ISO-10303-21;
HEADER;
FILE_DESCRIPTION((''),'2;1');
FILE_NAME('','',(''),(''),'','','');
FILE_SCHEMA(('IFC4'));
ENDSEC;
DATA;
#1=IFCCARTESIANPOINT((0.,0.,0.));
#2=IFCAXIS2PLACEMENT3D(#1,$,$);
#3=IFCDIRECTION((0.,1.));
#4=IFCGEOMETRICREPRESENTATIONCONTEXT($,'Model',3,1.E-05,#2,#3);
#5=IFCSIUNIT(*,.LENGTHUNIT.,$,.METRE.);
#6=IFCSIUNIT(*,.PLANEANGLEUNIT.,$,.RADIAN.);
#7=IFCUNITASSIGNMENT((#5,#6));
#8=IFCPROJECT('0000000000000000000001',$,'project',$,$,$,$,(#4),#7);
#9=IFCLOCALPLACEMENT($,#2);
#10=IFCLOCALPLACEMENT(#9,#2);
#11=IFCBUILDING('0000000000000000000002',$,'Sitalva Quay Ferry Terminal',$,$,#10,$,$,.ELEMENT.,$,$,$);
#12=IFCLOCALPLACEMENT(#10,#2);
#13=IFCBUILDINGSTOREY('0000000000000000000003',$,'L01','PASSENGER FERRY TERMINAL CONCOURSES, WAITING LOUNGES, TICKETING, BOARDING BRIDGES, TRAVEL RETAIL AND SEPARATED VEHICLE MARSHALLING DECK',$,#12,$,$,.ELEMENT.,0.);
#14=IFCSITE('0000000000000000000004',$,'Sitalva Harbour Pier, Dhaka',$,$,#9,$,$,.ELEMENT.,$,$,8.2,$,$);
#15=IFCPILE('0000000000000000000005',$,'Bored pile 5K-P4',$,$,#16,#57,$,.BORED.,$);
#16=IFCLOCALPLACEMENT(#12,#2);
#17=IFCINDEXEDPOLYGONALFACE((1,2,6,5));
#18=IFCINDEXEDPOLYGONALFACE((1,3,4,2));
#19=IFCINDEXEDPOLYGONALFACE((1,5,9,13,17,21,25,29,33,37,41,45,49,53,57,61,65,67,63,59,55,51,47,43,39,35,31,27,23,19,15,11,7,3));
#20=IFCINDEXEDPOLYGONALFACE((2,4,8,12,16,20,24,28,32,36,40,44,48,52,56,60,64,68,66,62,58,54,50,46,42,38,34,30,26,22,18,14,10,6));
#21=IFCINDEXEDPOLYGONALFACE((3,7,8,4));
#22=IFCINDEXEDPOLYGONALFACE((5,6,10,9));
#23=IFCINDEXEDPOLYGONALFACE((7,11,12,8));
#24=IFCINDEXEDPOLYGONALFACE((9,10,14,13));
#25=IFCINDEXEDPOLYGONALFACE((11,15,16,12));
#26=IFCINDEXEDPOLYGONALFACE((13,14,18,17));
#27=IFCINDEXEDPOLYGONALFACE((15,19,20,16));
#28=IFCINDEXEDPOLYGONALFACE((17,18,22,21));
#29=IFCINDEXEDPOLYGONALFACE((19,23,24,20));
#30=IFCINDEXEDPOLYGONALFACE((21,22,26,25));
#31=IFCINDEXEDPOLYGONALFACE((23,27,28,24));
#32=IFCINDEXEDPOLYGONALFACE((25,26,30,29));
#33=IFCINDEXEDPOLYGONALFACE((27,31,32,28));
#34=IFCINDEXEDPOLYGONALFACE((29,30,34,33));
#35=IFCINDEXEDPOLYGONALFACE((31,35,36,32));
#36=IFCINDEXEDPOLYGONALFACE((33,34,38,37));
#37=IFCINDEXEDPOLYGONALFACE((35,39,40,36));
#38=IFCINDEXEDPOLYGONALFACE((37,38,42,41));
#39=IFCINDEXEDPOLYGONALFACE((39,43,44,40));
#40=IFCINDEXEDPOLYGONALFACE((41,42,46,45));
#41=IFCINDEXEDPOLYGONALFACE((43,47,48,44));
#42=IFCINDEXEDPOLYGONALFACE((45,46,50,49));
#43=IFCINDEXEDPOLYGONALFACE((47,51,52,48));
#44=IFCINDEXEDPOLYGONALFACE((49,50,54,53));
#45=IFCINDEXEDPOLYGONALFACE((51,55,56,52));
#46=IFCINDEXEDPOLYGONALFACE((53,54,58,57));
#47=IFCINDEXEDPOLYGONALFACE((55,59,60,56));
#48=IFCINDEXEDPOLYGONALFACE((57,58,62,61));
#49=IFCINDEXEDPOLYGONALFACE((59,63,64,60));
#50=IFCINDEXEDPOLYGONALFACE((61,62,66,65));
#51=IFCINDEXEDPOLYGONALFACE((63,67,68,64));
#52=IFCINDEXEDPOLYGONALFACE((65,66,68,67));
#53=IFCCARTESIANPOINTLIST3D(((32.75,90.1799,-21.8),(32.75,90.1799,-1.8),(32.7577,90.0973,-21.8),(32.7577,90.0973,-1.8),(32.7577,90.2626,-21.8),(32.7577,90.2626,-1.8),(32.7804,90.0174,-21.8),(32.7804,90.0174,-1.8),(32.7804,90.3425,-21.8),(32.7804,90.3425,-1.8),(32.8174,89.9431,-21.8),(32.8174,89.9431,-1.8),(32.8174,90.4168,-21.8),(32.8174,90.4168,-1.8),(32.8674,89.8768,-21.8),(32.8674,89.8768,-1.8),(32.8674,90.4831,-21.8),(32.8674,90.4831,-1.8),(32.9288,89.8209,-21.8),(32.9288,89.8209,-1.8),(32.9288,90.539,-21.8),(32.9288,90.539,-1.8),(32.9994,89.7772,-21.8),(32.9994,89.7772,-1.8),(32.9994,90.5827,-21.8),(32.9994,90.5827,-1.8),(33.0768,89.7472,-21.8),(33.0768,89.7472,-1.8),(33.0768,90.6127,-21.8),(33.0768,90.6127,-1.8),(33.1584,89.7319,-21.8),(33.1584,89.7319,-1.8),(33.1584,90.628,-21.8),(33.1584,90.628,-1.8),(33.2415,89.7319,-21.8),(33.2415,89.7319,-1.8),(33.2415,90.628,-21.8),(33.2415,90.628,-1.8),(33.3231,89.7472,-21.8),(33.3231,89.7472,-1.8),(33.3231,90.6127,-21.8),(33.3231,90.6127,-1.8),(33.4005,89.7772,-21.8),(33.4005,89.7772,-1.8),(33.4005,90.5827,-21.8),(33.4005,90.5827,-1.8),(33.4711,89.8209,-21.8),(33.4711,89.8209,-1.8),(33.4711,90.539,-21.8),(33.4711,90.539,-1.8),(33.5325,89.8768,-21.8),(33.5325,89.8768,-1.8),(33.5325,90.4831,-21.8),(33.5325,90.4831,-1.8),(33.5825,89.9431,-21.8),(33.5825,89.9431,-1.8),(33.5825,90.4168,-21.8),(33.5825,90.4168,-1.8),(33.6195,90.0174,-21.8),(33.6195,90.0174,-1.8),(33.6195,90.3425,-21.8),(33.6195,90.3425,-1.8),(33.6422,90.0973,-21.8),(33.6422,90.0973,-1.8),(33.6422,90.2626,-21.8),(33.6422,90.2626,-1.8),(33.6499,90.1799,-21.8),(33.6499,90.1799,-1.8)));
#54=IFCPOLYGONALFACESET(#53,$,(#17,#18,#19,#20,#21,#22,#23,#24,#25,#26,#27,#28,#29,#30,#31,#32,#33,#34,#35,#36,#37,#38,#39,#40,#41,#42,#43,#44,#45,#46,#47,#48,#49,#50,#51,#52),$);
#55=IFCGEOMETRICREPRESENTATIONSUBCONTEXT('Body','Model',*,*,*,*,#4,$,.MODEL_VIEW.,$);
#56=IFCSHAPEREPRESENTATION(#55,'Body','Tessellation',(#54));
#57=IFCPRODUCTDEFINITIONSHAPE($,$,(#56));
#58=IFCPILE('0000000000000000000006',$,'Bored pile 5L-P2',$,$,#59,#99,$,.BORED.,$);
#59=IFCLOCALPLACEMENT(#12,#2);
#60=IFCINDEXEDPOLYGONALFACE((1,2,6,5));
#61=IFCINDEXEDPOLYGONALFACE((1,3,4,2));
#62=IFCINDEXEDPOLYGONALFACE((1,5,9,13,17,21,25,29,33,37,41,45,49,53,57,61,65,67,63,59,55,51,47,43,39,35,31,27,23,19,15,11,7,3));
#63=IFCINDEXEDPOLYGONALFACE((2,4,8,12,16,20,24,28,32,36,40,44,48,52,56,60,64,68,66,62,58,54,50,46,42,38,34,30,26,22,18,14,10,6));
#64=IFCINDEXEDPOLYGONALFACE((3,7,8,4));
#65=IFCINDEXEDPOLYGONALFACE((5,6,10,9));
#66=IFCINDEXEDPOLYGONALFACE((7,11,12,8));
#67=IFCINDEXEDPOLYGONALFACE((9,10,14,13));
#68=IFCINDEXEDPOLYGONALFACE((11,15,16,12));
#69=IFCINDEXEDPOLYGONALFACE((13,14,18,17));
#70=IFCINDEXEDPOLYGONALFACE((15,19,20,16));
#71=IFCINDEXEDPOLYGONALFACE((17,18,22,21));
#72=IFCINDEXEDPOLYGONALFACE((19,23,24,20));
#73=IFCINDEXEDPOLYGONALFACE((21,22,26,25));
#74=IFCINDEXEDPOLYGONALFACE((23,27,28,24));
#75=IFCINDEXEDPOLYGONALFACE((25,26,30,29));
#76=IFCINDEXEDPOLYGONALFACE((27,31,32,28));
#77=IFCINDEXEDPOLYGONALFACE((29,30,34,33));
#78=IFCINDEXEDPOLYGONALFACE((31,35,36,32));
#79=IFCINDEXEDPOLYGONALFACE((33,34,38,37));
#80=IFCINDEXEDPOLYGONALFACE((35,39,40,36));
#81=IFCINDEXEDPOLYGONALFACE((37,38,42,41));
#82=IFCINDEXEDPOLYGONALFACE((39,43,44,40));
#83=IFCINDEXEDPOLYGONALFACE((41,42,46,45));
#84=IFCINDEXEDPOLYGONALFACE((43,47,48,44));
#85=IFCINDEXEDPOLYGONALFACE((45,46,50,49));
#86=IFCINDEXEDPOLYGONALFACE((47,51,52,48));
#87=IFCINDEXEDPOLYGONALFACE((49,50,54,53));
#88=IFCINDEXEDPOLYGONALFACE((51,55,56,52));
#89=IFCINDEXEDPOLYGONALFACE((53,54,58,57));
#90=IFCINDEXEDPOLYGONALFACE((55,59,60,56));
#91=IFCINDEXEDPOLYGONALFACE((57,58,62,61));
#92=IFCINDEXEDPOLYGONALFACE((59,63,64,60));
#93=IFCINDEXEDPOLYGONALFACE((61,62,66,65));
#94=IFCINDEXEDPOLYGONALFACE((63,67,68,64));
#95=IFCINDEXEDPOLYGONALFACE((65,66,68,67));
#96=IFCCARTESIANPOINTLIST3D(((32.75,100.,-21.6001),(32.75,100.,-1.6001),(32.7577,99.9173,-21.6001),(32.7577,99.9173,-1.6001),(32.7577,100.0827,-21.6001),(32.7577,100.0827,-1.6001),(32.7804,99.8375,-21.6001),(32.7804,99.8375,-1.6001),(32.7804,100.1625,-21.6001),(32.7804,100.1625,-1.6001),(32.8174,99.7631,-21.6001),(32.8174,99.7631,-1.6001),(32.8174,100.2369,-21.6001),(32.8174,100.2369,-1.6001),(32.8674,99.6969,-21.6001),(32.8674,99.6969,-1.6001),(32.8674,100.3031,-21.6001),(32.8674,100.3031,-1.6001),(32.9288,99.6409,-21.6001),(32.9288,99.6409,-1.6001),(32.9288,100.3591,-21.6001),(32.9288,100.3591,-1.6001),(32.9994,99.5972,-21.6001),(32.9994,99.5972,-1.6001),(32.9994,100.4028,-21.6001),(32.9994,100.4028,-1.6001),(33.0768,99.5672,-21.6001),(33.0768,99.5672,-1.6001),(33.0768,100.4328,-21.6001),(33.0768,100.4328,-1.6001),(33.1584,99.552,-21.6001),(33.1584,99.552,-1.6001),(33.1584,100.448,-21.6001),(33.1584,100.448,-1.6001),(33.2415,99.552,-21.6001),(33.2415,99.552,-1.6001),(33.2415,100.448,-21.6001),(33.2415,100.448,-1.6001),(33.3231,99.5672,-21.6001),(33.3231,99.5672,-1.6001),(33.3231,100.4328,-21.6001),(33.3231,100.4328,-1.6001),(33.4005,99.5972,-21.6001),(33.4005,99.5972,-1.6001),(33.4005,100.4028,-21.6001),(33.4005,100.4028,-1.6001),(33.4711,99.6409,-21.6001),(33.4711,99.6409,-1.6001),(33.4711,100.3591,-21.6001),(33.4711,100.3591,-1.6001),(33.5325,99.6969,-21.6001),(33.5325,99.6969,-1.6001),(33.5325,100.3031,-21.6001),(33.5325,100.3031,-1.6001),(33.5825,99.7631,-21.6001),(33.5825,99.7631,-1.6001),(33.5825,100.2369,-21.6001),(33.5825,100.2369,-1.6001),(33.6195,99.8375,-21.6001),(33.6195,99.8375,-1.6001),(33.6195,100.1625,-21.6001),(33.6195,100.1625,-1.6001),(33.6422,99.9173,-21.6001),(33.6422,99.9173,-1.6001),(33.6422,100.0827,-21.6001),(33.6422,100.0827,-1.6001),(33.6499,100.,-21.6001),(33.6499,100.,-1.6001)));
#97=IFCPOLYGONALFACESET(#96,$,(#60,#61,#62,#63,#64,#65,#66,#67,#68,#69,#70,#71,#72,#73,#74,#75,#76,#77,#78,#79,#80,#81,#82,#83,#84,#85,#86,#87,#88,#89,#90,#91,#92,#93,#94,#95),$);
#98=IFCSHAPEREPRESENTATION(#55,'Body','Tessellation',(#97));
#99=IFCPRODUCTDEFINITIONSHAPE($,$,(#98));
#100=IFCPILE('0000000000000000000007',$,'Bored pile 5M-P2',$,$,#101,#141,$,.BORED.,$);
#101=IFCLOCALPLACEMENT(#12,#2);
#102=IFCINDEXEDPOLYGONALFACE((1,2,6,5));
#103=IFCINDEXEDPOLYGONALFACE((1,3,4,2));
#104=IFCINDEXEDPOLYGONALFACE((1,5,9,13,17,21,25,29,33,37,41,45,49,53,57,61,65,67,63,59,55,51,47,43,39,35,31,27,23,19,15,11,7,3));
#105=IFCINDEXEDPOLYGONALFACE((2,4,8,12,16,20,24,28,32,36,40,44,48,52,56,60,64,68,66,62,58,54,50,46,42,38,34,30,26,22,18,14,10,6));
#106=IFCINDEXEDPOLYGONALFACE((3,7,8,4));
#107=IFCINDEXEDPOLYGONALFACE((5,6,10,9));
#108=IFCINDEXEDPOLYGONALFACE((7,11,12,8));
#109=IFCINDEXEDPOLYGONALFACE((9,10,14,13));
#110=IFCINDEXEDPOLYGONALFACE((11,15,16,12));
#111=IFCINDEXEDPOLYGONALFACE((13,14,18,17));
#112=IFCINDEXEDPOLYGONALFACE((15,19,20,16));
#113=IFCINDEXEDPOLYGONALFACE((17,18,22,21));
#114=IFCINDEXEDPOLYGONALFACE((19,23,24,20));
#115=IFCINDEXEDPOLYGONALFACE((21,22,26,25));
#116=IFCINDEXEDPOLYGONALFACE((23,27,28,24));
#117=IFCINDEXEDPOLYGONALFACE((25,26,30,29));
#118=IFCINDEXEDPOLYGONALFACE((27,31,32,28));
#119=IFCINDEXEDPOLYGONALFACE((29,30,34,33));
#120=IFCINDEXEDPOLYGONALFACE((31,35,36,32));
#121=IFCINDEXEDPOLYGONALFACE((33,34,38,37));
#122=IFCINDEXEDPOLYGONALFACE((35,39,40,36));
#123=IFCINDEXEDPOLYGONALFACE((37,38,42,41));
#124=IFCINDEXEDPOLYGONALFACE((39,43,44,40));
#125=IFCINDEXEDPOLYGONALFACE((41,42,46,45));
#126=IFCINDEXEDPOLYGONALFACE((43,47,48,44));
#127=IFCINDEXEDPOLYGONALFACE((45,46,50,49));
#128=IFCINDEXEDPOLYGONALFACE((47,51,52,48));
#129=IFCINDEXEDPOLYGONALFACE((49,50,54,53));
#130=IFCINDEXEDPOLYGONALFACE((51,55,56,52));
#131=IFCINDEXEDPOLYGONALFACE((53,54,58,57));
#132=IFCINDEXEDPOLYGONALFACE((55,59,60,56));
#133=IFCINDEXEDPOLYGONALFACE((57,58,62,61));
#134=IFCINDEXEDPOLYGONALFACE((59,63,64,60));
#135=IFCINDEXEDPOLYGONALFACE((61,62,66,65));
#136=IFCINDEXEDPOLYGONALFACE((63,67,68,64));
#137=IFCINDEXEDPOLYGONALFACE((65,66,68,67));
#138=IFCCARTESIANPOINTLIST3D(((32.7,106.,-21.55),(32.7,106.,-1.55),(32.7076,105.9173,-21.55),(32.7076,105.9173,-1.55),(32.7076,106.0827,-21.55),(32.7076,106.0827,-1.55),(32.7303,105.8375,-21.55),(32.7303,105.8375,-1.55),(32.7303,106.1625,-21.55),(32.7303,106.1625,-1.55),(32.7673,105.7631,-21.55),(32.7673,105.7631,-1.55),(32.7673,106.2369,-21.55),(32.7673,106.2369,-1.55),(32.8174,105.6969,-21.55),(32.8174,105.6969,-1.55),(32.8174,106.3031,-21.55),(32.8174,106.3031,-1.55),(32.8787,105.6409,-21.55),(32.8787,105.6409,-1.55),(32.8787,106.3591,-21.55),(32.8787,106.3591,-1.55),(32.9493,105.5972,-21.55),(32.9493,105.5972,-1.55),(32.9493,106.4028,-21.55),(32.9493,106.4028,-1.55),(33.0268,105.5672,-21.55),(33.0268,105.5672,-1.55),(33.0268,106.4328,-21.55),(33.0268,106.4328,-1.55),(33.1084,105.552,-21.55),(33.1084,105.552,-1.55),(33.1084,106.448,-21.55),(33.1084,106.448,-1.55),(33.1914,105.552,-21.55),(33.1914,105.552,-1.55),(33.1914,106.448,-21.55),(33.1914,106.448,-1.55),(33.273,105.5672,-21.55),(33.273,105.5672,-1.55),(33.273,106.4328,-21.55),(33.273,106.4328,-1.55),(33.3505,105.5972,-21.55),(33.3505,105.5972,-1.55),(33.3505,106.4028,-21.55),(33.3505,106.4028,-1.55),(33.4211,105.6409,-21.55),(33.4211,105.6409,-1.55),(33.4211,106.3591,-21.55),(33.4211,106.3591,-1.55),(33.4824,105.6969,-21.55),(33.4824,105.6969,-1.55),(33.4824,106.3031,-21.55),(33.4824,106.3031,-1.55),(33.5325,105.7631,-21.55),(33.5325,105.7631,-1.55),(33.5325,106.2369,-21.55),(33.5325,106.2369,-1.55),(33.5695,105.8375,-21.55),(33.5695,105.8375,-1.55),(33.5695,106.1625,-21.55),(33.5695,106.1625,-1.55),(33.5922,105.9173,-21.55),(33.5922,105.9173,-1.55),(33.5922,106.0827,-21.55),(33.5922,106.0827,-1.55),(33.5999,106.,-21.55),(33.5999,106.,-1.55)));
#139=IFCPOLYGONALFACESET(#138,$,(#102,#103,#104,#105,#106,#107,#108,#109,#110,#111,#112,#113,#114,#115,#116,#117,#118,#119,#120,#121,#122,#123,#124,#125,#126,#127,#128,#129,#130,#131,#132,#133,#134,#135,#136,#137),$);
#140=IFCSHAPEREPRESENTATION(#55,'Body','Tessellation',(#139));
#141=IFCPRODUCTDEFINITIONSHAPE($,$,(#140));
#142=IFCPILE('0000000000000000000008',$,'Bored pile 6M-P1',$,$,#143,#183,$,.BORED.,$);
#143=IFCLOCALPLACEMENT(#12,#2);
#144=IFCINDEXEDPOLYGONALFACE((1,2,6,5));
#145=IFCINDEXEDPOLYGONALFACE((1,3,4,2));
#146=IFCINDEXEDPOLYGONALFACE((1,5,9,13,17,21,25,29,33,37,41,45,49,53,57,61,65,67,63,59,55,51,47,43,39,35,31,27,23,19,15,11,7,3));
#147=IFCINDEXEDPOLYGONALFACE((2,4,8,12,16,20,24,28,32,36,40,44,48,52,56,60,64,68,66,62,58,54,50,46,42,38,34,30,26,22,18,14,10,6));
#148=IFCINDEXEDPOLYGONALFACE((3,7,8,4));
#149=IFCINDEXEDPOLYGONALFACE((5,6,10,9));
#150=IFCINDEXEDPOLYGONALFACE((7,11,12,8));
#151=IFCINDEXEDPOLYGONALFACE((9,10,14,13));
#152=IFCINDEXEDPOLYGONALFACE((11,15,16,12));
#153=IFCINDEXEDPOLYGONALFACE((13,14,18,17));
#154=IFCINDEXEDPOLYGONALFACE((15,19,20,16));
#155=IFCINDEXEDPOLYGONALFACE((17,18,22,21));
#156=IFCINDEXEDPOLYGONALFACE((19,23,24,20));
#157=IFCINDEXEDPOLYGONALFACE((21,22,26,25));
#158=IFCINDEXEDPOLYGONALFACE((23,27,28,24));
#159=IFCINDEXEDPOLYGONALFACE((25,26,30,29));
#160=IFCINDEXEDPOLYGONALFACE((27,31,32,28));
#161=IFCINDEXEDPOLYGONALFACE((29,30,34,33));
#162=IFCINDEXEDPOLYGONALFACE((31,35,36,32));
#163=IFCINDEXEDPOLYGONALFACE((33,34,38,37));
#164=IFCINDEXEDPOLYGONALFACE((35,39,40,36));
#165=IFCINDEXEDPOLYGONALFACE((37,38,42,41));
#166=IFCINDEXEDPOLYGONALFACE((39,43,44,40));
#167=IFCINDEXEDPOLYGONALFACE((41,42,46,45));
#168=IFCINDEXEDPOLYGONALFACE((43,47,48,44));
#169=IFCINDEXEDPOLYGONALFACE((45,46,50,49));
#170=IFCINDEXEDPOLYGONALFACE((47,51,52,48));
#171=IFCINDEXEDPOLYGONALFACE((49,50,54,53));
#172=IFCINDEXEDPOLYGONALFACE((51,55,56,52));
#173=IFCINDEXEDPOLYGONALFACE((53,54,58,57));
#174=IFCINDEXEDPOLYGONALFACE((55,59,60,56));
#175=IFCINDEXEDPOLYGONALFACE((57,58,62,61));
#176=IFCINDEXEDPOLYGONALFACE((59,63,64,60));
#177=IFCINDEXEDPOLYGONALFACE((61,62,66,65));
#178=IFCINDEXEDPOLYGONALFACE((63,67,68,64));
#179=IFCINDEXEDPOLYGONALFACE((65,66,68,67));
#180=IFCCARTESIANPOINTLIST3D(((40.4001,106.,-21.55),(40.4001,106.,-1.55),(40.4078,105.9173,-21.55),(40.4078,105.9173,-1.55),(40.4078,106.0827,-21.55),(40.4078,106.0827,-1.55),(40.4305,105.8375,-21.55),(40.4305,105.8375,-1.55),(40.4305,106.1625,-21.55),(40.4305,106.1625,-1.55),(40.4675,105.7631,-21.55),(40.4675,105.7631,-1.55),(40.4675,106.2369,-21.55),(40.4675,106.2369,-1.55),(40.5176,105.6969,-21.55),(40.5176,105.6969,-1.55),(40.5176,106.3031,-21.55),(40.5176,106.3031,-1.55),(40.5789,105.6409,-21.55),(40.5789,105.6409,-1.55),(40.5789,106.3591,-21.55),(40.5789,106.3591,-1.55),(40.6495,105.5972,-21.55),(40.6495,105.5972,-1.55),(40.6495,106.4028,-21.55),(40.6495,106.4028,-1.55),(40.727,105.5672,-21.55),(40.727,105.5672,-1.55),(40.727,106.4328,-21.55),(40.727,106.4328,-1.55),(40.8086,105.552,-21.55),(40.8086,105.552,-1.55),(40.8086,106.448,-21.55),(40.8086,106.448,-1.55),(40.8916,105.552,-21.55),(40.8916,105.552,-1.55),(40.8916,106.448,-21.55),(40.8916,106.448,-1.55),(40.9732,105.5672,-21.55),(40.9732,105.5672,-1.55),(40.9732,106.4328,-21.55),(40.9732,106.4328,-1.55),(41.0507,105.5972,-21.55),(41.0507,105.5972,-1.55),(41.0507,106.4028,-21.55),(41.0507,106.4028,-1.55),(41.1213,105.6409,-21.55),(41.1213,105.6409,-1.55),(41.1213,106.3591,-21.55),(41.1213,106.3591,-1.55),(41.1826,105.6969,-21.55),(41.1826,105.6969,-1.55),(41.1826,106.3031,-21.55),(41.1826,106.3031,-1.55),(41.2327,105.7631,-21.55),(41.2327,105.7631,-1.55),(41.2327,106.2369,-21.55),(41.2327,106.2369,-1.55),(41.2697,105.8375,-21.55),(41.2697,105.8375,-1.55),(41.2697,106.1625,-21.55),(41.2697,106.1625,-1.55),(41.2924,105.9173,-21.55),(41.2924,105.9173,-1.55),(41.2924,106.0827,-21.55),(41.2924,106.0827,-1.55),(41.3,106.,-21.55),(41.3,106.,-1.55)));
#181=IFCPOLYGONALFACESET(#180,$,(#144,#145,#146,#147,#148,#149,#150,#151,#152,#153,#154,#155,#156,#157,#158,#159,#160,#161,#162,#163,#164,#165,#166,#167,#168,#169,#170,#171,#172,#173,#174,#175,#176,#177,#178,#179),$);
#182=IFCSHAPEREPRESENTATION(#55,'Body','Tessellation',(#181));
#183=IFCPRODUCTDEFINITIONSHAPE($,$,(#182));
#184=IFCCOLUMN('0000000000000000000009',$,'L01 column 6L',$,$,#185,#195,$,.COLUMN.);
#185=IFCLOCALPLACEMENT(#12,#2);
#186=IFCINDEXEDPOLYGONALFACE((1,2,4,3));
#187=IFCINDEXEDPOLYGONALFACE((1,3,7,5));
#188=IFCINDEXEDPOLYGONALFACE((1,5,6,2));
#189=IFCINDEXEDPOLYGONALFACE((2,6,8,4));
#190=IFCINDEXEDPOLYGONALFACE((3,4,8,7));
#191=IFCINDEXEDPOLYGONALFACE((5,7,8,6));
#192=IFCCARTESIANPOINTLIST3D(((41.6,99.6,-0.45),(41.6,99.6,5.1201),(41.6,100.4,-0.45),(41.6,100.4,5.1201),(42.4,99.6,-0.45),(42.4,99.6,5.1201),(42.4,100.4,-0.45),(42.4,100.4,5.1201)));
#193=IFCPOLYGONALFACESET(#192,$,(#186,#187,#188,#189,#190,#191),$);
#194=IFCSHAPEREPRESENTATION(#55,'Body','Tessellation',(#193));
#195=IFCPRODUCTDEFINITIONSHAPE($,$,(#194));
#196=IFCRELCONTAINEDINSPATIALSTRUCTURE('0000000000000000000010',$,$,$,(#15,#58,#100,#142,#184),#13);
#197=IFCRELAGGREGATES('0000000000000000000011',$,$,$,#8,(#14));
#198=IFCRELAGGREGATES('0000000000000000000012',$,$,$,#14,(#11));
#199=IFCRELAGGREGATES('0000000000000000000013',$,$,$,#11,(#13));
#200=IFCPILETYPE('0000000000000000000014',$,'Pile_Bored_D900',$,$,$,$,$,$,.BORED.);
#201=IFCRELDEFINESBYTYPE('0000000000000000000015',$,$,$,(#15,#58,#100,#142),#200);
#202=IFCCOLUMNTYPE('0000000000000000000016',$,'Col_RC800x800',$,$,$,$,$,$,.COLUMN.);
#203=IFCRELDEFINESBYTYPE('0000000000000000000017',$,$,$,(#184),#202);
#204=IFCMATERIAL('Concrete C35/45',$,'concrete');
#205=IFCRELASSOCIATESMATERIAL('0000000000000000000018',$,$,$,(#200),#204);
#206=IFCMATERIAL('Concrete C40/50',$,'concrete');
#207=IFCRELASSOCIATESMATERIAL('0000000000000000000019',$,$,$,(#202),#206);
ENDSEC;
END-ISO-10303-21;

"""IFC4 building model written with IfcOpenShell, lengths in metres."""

from ifc_helpers import new_model, si_unit, direction, frame, origin, origin_2d, place, context, subcontext, project, spatial, rectangle, circle, extrude, material, material_profile, profile_set, type_object, element, save


model = new_model("IFC4")

# Units and contexts
model_context = context("Model", 3, precision=1e-05, world=origin(), true_north=direction((0.0, 1.0)))
body_context = subcontext(model_context, "Body", "Model", "MODEL_VIEW")
ifc_project = project(units=[si_unit("LENGTHUNIT", "METRE"), si_unit("PLANEANGLEUNIT", "RADIAN")], contexts=[model_context])

# Site, building, storey
site_placement = place(None, origin())
site = spatial("IfcSite", under=ifc_project, at=site_placement, Name="Sitalva Harbour Pier, Dhaka", CompositionType="ELEMENT", RefElevation=8.2)
building_placement = place(site_placement, origin())
building = spatial("IfcBuilding", under=site, at=building_placement, Name="Sitalva Quay Ferry Terminal", CompositionType="ELEMENT")
storey_placement = place(building_placement, origin())
storey = spatial("IfcBuildingStorey", under=building, at=storey_placement, Name="L01", Description="PASSENGER FERRY TERMINAL CONCOURSES, WAITING LOUNGES, TICKETING, BOARDING BRIDGES, TRAVEL RETAIL AND SEPARATED VEHICLE MARSHALLING DECK", CompositionType="ELEMENT", Elevation=0.0)

# Piles
ifc_material_1 = material(Name="Concrete C35/45", Category="concrete")
ifc_material_profile_1 = material_profile(ifc_material_1, circle(Radius=0.45, at=origin_2d()), Name="PILE-D900")
ifc_profile_set_1 = profile_set([ifc_material_profile_1], Name="Concrete C35/45")
pile_type_1 = type_object("IfcPileType", Name="Pile_Bored_D900", PredefinedType="BORED", material=ifc_profile_set_1)
for number, where, z_axis, x_axis, name in (
    (1, (33.2, 90.1799, -1.8), (0.0, 0.0, -1.0), (1.0, 0.0, 0.0), "Bored pile 5K-P4"),
    (2, (33.2, 100.0, -1.6001), (0.0, 0.0, -1.0), (1.0, 0.0, 0.0), "Bored pile 5L-P2"),
    (3, (33.1499, 106.0, -1.55), (0.0, 0.0, -1.0), (1.0, 0.0, 0.0), "Bored pile 5M-P2"),
    (4, (40.8501, 106.0, -1.55), (0.0, 0.0, -1.0), (1.0, 0.0, 0.0), "Bored pile 6M-P1"),
):
    element("IfcPile", number, at=place(storey_placement, frame(where, z_axis=z_axis, x_axis=x_axis)), inside=storey, type_object=pile_type_1, Name=name, PredefinedType="BORED", context=body_context, shape_type="SweptSolid", body=[
        extrude(circle(Radius=0.45, at=origin_2d()), origin(), (0.0, 0.0, 1.0), 20.0),
    ])

# Column
ifc_material_2 = material(Name="Concrete C40/50", Category="concrete")
ifc_material_profile_2 = material_profile(ifc_material_2, rectangle(XDim=0.8, YDim=0.8, at=origin_2d()), Name="RC800x800")
ifc_profile_set_2 = profile_set([ifc_material_profile_2], Name="Concrete C40/50")
column_type = type_object("IfcColumnType", Name="Col_RC800x800", PredefinedType="COLUMN", material=ifc_profile_set_2)
column_placement = place(storey_placement, frame((42.0, 100.0, -0.45), z_axis=(0.0, 0.0, 1.0), x_axis=(1.0, 0.0, 0.0)))
element("IfcColumn", 5, at=column_placement, inside=storey, type_object=column_type, Name="L01 column 6L", PredefinedType="COLUMN", context=body_context, shape_type="SweptSolid", body=[
    extrude(rectangle(XDim=0.8, YDim=0.8, at=origin_2d()), origin(), (0.0, 0.0, 1.0), 5.5701),
])

save(model, "model.ifc")
